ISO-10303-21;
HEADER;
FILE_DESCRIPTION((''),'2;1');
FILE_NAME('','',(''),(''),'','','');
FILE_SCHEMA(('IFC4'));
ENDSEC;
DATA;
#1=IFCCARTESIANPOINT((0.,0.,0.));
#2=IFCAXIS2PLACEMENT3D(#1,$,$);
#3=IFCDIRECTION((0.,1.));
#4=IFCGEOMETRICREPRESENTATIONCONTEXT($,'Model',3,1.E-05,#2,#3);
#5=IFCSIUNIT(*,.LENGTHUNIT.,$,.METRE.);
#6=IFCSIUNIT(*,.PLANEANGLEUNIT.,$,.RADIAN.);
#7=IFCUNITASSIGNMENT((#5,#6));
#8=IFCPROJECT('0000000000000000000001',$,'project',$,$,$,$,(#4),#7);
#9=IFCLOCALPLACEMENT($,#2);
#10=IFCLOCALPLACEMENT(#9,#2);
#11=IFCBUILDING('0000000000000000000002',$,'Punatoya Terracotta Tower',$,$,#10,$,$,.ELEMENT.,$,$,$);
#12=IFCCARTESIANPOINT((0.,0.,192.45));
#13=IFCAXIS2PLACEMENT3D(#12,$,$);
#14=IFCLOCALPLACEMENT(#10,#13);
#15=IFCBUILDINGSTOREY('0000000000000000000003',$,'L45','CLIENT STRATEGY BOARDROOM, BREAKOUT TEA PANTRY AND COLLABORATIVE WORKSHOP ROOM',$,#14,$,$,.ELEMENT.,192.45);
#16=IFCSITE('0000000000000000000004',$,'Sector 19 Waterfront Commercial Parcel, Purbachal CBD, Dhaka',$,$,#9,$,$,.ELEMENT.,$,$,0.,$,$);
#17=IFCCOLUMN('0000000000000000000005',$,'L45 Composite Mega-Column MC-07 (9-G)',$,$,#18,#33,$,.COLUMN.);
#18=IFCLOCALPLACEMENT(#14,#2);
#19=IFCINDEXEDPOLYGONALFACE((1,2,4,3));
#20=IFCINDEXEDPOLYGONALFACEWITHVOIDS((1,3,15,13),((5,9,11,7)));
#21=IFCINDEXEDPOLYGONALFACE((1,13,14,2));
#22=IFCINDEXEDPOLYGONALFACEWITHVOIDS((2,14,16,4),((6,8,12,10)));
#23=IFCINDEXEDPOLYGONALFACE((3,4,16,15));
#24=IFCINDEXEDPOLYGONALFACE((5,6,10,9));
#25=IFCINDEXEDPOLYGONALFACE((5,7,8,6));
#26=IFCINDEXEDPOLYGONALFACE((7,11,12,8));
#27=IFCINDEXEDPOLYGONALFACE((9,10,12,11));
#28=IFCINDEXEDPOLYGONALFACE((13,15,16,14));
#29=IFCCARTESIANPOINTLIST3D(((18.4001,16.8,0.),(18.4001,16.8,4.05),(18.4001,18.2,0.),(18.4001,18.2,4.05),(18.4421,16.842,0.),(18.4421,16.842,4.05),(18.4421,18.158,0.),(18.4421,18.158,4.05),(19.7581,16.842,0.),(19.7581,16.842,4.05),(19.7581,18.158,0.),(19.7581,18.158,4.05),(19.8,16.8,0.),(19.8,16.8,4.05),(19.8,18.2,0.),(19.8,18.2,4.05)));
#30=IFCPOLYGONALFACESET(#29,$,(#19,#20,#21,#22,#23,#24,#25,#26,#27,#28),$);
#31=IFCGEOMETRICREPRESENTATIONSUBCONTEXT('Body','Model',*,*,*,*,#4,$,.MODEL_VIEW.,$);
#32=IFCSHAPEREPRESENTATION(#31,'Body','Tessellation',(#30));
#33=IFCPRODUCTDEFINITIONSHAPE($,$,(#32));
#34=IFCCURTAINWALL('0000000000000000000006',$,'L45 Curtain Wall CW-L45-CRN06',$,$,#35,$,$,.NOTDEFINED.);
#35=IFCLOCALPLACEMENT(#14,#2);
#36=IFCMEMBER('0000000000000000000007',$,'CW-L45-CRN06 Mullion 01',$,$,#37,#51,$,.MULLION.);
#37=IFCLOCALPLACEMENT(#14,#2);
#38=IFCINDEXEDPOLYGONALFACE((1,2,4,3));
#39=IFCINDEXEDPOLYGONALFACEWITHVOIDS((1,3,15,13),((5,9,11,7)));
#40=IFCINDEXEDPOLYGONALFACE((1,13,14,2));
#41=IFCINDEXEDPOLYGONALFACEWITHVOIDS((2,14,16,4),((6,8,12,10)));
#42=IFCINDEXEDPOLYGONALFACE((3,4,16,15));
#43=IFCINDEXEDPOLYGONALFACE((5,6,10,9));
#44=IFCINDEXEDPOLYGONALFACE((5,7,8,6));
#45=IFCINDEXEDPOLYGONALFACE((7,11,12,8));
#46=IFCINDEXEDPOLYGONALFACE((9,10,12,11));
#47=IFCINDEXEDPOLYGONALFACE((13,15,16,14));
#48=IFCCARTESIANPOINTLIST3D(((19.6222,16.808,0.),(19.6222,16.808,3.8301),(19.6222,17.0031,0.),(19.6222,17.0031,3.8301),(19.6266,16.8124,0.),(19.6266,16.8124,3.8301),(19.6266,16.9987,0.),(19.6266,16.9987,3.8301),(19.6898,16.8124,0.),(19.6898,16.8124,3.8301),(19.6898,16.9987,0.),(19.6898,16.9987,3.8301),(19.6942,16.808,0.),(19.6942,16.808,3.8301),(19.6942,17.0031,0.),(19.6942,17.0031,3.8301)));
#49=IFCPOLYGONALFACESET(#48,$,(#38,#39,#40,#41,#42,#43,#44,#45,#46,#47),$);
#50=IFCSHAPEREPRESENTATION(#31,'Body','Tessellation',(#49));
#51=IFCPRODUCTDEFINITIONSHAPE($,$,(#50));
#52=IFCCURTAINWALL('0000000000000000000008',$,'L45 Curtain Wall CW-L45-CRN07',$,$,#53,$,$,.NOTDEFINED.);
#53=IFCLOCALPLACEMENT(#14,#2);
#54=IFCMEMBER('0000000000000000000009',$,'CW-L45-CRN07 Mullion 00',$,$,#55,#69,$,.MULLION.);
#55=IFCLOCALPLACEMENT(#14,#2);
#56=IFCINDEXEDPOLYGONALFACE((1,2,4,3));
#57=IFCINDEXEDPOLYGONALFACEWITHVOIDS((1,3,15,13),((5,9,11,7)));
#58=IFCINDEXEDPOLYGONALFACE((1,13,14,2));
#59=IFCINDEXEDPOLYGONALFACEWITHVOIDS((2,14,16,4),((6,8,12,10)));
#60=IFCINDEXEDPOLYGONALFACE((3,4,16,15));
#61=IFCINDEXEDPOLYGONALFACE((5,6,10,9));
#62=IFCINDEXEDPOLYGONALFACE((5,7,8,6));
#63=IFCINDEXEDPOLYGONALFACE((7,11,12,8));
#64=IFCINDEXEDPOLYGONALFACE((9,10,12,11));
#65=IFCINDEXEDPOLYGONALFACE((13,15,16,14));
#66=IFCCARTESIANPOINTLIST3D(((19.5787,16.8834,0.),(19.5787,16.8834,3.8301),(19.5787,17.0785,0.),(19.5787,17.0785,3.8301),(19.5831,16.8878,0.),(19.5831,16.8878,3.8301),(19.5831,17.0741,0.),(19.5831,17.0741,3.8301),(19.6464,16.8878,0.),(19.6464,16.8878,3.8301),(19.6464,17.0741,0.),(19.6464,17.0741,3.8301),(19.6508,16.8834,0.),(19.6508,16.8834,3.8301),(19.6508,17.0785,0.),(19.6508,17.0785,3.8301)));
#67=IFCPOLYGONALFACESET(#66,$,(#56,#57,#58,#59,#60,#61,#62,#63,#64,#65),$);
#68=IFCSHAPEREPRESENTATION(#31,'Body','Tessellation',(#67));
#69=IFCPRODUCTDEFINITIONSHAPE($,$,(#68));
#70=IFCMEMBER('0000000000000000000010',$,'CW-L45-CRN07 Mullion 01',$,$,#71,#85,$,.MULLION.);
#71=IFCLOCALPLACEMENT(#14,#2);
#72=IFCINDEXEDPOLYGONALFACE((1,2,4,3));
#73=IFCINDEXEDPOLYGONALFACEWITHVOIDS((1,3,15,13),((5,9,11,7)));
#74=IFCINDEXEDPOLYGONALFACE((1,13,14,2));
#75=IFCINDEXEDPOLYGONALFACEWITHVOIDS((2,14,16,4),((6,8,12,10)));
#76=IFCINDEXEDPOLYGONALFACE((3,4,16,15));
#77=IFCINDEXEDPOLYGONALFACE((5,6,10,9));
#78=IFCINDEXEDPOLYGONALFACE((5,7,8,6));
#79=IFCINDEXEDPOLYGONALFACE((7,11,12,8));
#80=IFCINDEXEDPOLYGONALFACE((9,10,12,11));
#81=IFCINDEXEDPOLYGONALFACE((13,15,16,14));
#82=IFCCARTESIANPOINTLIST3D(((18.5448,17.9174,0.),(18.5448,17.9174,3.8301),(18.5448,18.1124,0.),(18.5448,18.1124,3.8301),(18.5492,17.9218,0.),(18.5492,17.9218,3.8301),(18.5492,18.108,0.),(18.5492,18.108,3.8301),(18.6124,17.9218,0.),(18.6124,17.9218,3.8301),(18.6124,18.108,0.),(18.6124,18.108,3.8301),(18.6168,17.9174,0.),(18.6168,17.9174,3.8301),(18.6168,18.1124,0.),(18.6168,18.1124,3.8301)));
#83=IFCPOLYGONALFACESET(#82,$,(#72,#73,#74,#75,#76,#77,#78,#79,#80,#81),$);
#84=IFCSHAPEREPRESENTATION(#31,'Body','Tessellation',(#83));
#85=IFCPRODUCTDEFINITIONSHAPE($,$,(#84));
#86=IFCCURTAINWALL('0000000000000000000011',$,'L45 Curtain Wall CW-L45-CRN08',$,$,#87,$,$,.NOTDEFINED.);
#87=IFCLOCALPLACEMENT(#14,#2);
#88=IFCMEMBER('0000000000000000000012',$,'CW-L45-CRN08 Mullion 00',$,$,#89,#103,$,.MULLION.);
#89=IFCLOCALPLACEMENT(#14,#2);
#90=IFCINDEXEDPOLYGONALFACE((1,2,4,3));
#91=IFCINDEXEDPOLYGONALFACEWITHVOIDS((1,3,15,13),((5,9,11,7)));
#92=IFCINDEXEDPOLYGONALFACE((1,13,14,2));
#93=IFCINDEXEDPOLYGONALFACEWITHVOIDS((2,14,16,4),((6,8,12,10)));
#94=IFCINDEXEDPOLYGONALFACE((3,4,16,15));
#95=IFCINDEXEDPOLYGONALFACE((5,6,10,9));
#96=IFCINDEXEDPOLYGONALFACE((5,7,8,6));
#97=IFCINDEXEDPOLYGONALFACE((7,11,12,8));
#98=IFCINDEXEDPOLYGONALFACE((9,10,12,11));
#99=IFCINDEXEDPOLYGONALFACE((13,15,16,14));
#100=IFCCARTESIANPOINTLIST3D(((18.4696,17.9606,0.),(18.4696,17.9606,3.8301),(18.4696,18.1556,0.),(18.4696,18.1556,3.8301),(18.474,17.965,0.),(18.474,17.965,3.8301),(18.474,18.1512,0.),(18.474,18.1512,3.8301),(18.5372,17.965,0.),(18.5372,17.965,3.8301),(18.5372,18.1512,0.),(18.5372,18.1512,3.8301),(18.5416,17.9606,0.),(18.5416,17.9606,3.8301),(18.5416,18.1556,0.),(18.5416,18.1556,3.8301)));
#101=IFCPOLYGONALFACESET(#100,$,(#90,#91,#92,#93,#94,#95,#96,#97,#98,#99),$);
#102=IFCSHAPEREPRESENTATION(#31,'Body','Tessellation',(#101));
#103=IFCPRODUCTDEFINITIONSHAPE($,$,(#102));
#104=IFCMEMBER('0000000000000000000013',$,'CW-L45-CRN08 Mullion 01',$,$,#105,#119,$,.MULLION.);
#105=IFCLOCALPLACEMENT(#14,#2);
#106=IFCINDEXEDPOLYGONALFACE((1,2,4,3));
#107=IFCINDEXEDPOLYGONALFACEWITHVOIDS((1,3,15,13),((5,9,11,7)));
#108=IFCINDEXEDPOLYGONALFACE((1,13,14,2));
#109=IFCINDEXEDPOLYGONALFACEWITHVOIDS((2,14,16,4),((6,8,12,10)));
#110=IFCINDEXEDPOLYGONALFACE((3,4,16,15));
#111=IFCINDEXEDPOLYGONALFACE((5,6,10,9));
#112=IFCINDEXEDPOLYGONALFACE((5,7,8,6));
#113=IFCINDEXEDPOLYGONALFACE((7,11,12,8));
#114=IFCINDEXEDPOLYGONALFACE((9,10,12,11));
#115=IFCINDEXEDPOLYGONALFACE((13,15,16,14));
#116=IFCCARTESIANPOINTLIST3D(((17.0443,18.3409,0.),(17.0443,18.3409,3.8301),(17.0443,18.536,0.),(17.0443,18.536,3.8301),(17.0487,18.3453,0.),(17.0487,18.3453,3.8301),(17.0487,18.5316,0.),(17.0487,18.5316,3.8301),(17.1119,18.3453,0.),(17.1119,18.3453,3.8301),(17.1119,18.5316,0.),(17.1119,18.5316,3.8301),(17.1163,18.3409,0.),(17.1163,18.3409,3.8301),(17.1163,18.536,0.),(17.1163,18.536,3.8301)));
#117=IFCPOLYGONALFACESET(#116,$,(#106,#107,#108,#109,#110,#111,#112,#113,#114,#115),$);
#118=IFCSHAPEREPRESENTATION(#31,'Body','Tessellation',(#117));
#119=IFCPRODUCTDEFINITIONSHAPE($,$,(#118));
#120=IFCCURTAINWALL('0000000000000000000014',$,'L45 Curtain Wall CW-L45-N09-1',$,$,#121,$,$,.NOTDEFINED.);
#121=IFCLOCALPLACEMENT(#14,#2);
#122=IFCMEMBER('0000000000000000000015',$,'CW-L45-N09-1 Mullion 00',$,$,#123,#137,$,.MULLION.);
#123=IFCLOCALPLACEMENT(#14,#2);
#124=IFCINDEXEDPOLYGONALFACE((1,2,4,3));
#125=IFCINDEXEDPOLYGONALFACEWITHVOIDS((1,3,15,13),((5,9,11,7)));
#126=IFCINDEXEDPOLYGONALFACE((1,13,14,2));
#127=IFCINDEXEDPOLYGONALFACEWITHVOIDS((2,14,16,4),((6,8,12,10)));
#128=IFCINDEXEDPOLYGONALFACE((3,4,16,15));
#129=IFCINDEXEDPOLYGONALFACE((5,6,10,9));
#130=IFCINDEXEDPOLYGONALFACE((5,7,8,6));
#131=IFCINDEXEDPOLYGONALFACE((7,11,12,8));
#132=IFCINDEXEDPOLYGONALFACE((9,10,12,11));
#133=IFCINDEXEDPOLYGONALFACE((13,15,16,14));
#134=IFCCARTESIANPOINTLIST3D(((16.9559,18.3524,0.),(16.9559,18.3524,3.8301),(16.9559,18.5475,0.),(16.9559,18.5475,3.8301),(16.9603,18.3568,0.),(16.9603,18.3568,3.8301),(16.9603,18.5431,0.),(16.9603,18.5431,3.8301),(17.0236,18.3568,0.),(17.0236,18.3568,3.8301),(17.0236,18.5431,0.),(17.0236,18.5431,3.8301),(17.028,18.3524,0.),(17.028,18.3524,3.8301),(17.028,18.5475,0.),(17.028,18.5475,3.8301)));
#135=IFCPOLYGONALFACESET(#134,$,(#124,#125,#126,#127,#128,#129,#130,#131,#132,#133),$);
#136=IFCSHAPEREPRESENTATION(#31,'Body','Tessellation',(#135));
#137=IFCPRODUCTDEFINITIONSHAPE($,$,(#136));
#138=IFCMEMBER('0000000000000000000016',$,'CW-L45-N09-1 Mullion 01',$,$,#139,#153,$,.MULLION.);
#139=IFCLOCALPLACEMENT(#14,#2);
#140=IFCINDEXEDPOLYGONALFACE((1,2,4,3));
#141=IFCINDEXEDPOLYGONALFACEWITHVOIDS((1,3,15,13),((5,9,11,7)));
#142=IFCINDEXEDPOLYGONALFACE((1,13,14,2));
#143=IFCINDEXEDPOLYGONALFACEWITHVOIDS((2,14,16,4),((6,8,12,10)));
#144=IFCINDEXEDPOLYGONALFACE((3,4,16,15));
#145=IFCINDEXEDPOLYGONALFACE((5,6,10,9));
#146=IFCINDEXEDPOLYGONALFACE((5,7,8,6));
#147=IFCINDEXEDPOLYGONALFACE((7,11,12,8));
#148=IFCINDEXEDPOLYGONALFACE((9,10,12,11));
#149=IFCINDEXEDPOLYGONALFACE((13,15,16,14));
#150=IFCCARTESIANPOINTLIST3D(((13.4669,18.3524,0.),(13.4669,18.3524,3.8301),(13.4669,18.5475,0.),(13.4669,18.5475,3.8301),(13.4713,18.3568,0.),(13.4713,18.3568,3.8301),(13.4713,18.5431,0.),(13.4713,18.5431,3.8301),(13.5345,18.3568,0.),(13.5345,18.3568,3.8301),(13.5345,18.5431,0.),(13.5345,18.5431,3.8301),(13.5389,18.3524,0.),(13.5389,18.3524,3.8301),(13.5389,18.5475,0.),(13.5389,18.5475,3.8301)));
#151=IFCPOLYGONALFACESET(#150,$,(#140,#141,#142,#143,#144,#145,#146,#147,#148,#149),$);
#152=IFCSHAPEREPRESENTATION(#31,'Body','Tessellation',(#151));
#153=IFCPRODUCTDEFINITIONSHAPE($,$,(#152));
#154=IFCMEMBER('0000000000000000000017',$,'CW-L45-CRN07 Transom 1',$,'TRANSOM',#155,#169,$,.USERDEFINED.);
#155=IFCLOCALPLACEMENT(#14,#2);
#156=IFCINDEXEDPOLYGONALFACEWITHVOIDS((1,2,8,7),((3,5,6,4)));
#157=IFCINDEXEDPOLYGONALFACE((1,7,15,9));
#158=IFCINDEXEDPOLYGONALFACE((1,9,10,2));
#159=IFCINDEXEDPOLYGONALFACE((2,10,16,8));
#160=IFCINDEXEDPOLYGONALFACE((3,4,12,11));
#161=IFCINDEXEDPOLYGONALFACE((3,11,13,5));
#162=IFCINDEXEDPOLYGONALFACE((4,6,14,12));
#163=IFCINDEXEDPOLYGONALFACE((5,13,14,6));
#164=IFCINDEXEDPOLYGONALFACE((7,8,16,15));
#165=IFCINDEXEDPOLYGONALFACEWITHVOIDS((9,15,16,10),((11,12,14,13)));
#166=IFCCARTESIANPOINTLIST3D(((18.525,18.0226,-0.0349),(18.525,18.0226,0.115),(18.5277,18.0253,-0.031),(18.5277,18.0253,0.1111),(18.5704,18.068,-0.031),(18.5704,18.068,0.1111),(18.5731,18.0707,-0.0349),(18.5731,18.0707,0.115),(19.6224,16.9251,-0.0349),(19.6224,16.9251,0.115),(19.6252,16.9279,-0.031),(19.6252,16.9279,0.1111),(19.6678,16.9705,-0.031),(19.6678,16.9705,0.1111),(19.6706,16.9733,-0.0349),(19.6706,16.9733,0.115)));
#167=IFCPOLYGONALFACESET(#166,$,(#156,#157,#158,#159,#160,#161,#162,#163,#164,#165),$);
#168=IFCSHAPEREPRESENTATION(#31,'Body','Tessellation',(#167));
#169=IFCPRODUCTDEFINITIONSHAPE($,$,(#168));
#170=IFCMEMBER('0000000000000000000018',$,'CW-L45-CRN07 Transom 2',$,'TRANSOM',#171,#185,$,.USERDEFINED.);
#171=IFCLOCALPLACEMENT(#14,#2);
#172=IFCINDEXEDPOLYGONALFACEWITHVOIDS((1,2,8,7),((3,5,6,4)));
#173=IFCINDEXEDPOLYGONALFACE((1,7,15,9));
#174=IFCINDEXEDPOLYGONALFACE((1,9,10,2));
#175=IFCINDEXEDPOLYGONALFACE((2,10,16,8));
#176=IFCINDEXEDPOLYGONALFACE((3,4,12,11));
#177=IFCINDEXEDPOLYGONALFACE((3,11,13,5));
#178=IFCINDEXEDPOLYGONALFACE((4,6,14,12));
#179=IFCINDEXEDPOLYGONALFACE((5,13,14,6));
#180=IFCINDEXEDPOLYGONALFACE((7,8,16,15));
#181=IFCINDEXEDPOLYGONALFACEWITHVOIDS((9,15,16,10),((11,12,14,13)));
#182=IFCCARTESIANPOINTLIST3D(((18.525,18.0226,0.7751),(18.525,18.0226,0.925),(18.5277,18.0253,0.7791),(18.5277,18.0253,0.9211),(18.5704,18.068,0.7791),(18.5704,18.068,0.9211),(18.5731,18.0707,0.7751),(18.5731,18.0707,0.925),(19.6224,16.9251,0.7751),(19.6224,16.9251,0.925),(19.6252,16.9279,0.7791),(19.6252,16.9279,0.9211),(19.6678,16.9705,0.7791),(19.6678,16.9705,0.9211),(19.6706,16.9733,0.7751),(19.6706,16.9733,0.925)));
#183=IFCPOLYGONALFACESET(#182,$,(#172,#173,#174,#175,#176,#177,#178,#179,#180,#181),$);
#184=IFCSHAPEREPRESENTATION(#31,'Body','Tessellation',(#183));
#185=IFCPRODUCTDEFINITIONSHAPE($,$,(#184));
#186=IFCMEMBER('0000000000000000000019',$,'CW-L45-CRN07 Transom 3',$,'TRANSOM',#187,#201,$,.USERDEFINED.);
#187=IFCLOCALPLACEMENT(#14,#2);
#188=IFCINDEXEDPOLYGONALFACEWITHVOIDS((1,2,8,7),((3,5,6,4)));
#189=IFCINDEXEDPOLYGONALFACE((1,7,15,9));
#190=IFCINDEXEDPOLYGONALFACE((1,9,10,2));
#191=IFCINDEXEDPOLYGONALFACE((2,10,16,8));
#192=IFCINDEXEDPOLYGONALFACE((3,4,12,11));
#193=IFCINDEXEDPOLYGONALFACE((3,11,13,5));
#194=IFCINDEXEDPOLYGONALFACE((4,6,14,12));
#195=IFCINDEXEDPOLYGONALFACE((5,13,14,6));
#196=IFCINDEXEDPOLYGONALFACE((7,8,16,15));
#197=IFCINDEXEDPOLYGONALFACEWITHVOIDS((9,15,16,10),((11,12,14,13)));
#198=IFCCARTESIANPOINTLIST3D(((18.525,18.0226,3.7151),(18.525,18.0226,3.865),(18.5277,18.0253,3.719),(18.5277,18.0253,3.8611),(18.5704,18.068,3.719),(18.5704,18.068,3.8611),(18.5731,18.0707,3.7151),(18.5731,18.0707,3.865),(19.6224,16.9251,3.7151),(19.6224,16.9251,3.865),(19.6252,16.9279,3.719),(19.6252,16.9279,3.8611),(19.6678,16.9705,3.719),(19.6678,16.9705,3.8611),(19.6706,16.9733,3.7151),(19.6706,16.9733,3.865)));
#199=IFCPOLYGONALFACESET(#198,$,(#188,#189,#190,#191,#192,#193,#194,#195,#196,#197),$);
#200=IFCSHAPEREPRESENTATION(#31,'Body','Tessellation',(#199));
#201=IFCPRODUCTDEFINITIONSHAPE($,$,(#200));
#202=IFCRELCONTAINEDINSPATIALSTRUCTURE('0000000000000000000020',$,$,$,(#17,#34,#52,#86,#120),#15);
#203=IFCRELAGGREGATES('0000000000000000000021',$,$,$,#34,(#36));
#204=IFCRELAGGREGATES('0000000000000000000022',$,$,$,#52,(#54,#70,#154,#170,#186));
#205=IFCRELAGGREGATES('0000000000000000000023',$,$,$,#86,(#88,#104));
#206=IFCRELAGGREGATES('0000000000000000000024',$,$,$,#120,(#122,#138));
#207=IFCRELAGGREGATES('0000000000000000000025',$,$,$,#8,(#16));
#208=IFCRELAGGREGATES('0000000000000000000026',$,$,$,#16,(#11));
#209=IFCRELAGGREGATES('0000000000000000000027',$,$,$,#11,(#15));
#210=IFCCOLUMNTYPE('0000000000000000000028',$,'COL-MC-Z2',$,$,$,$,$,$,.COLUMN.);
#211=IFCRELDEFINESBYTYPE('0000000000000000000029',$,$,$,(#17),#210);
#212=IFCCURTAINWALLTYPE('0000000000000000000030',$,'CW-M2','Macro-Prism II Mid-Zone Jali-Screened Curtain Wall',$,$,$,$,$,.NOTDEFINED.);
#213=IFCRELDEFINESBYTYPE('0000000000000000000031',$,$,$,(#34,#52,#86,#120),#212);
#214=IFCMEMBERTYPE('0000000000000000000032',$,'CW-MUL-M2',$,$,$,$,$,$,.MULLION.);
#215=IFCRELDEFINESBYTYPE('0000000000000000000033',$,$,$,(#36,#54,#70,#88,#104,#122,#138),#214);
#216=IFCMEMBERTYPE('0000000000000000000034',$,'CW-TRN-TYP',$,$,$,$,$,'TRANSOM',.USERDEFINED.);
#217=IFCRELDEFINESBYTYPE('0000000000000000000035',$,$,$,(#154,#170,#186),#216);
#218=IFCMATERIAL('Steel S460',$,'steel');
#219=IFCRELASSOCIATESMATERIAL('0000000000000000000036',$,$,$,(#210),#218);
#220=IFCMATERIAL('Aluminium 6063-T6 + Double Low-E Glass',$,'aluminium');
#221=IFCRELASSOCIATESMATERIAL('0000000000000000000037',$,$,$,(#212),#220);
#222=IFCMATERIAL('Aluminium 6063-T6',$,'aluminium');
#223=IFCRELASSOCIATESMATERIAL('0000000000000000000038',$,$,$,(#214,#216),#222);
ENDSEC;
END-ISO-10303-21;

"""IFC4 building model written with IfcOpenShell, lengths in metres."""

from ifc_helpers import new_model, si_unit, direction, frame, origin, origin_2d, place, context, subcontext, project, spatial, hollow_rectangle, extrude, material, material_profile, profile_set, type_object, element, aggregate, save


model = new_model("IFC4")

# Units and contexts
model_context = context("Model", 3, precision=1e-05, world=origin(), true_north=direction((0.0, 1.0)))
body_context = subcontext(model_context, "Body", "Model", "MODEL_VIEW")
ifc_project = project(units=[si_unit("LENGTHUNIT", "METRE"), si_unit("PLANEANGLEUNIT", "RADIAN")], contexts=[model_context])

# Site, building, storey
site_placement = place(None, origin())
site = spatial("IfcSite", under=ifc_project, at=site_placement, Name="Sector 19 Waterfront Commercial Parcel, Purbachal CBD, Dhaka", CompositionType="ELEMENT", RefElevation=0.0)
building_placement = place(site_placement, origin())
building = spatial("IfcBuilding", under=site, at=building_placement, Name="Punatoya Terracotta Tower", CompositionType="ELEMENT")
storey_placement = place(building_placement, frame((0.0, 0.0, 192.45)))
storey = spatial("IfcBuildingStorey", under=building, at=storey_placement, Name="L45", Description="CLIENT STRATEGY BOARDROOM, BREAKOUT TEA PANTRY AND COLLABORATIVE WORKSHOP ROOM", CompositionType="ELEMENT", Elevation=192.45)

# Column
ifc_material_1 = material(Name="Steel S460", Category="steel")
ifc_material_profile_1 = material_profile(ifc_material_1, hollow_rectangle(XDim=1.3999, YDim=1.3999, WallThickness=0.042, at=origin_2d()))
ifc_profile_set_1 = profile_set([ifc_material_profile_1], Name="Steel S460")
column_type = type_object("IfcColumnType", Name="COL-MC-Z2", PredefinedType="COLUMN", material=ifc_profile_set_1)
column_placement = place(storey_placement, frame((19.1001, 17.5, 0.0), z_axis=(0.0, 0.0, 1.0), x_axis=(1.0, 0.0, 0.0)))
element("IfcColumn", 1, at=column_placement, inside=storey, type_object=column_type, Name="L45 Composite Mega-Column MC-07 (9-G)", PredefinedType="COLUMN", context=body_context, shape_type="SweptSolid", body=[
    extrude(hollow_rectangle(XDim=1.3999, YDim=1.3999, WallThickness=0.042, at=origin_2d()), origin(), (0.0, 0.0, 1.0), 4.05),
])

# Curtain wall, member
ifc_material_2 = material(Name="Aluminium 6063-T6 + Double Low-E Glass", Category="aluminium")
curtain_wall_type = type_object("IfcCurtainWallType", Name="CW-M2", Description="Macro-Prism II Mid-Zone Jali-Screened Curtain Wall", PredefinedType="NOTDEFINED", material=ifc_material_2)
curtain_wall_1_placement = place(storey_placement, origin())
curtain_wall_1 = element("IfcCurtainWall", 2, at=curtain_wall_1_placement, inside=storey, type_object=curtain_wall_type, Name="L45 Curtain Wall CW-L45-CRN06", PredefinedType="NOTDEFINED")
ifc_material_3 = material(Name="Aluminium 6063-T6", Category="aluminium")
ifc_material_profile_2 = material_profile(ifc_material_3, hollow_rectangle(XDim=0.072, YDim=0.1951, WallThickness=0.0044, at=origin_2d()))
ifc_profile_set_2 = profile_set([ifc_material_profile_2], Name="Aluminium 6063-T6")
member_type_1 = type_object("IfcMemberType", Name="CW-MUL-M2", PredefinedType="MULLION", material=ifc_profile_set_2)
member_1_placement = place(storey_placement, frame((19.6582, 16.9055, 0.0), z_axis=(0.0, 0.0, 1.0), x_axis=(1.0, 0.0, 0.0)))
member_1 = element("IfcMember", 3, at=member_1_placement, type_object=member_type_1, Name="CW-L45-CRN06 Mullion 01", PredefinedType="MULLION", context=body_context, shape_type="SweptSolid", body=[
    extrude(hollow_rectangle(XDim=0.072, YDim=0.1951, WallThickness=0.0044, at=origin_2d()), origin(), (0.0, 0.0, 1.0), 3.8301),
])

# Curtain walls, members
curtain_wall_2_placement = place(storey_placement, origin())
curtain_wall_2 = element("IfcCurtainWall", 4, at=curtain_wall_2_placement, inside=storey, type_object=curtain_wall_type, Name="L45 Curtain Wall CW-L45-CRN07", PredefinedType="NOTDEFINED")
member_2_placement = place(storey_placement, frame((19.6147, 16.981, 0.0), z_axis=(0.0, 0.0, 1.0), x_axis=(1.0, 0.0, 0.0)))
member_2 = element("IfcMember", 5, at=member_2_placement, type_object=member_type_1, Name="CW-L45-CRN07 Mullion 00", PredefinedType="MULLION", context=body_context, shape_type="SweptSolid", body=[
    extrude(hollow_rectangle(XDim=0.072, YDim=0.1951, WallThickness=0.0044, at=origin_2d()), origin(), (0.0, 0.0, 1.0), 3.8301),
])
member_3_placement = place(storey_placement, frame((18.5808, 18.0149, 0.0), z_axis=(0.0, 0.0, 1.0), x_axis=(1.0, 0.0, 0.0)))
member_3 = element("IfcMember", 6, at=member_3_placement, type_object=member_type_1, Name="CW-L45-CRN07 Mullion 01", PredefinedType="MULLION", context=body_context, shape_type="SweptSolid", body=[
    extrude(hollow_rectangle(XDim=0.072, YDim=0.1951, WallThickness=0.0044, at=origin_2d()), origin(), (0.0, 0.0, 1.0), 3.8301),
])
curtain_wall_3_placement = place(storey_placement, origin())
curtain_wall_3 = element("IfcCurtainWall", 7, at=curtain_wall_3_placement, inside=storey, type_object=curtain_wall_type, Name="L45 Curtain Wall CW-L45-CRN08", PredefinedType="NOTDEFINED")
member_4_placement = place(storey_placement, frame((18.5056, 18.0581, 0.0), z_axis=(0.0, 0.0, 1.0), x_axis=(1.0, 0.0, 0.0)))
member_4 = element("IfcMember", 8, at=member_4_placement, type_object=member_type_1, Name="CW-L45-CRN08 Mullion 00", PredefinedType="MULLION", context=body_context, shape_type="SweptSolid", body=[
    extrude(hollow_rectangle(XDim=0.072, YDim=0.1951, WallThickness=0.0044, at=origin_2d()), origin(), (0.0, 0.0, 1.0), 3.8301),
])
member_5_placement = place(storey_placement, frame((17.0803, 18.4385, 0.0), z_axis=(0.0, 0.0, 1.0), x_axis=(1.0, 0.0, 0.0)))
member_5 = element("IfcMember", 9, at=member_5_placement, type_object=member_type_1, Name="CW-L45-CRN08 Mullion 01", PredefinedType="MULLION", context=body_context, shape_type="SweptSolid", body=[
    extrude(hollow_rectangle(XDim=0.072, YDim=0.1951, WallThickness=0.0044, at=origin_2d()), origin(), (0.0, 0.0, 1.0), 3.8301),
])
curtain_wall_4_placement = place(storey_placement, origin())
curtain_wall_4 = element("IfcCurtainWall", 10, at=curtain_wall_4_placement, inside=storey, type_object=curtain_wall_type, Name="L45 Curtain Wall CW-L45-N09-1", PredefinedType="NOTDEFINED")
member_6_placement = place(storey_placement, frame((16.9919, 18.45, 0.0), z_axis=(0.0, 0.0, 1.0), x_axis=(1.0, 0.0, 0.0)))
member_6 = element("IfcMember", 11, at=member_6_placement, type_object=member_type_1, Name="CW-L45-N09-1 Mullion 00", PredefinedType="MULLION", context=body_context, shape_type="SweptSolid", body=[
    extrude(hollow_rectangle(XDim=0.072, YDim=0.1951, WallThickness=0.0044, at=origin_2d()), origin(), (0.0, 0.0, 1.0), 3.8301),
])
member_7_placement = place(storey_placement, frame((13.5029, 18.45, 0.0), z_axis=(0.0, 0.0, 1.0), x_axis=(1.0, 0.0, 0.0)))
member_7 = element("IfcMember", 12, at=member_7_placement, type_object=member_type_1, Name="CW-L45-N09-1 Mullion 01", PredefinedType="MULLION", context=body_context, shape_type="SweptSolid", body=[
    extrude(hollow_rectangle(XDim=0.072, YDim=0.1951, WallThickness=0.0044, at=origin_2d()), origin(), (0.0, 0.0, 1.0), 3.8301),
])

# Members
ifc_material_profile_3 = material_profile(ifc_material_3, hollow_rectangle(XDim=0.0681, YDim=0.1499, WallThickness=0.0039, at=origin_2d()))
ifc_profile_set_3 = profile_set([ifc_material_profile_3], Name="Aluminium 6063-T6")
member_type_2 = type_object("IfcMemberType", Name="CW-TRN-TYP", ElementType="TRANSOM", PredefinedType="USERDEFINED", material=ifc_profile_set_3)
member_8_placement = place(storey_placement, frame((19.6465, 16.9492, 0.04), z_axis=(-0.707107, 0.707107, 0.0), x_axis=(-0.707107, -0.707107, 0.0)))
member_8 = element("IfcMember", 13, at=member_8_placement, type_object=member_type_2, Name="CW-L45-CRN07 Transom 1", ObjectType="TRANSOM", PredefinedType="USERDEFINED", context=body_context, shape_type="SweptSolid", body=[
    extrude(hollow_rectangle(XDim=0.0681, YDim=0.1499, WallThickness=0.0039, at=origin_2d()), origin(), (0.0, 0.0, 1.0), 1.552),
])
member_9_placement = place(storey_placement, frame((19.6465, 16.9492, 0.8501), z_axis=(-0.707107, 0.707107, 0.0), x_axis=(-0.707107, -0.707107, 0.0)))
member_9 = element("IfcMember", 14, at=member_9_placement, type_object=member_type_2, Name="CW-L45-CRN07 Transom 2", ObjectType="TRANSOM", PredefinedType="USERDEFINED", context=body_context, shape_type="SweptSolid", body=[
    extrude(hollow_rectangle(XDim=0.0681, YDim=0.1499, WallThickness=0.0039, at=origin_2d()), origin(), (0.0, 0.0, 1.0), 1.552),
])
member_10_placement = place(storey_placement, frame((19.6465, 16.9492, 3.79), z_axis=(-0.707107, 0.707107, 0.0), x_axis=(-0.707107, -0.707107, 0.0)))
member_10 = element("IfcMember", 15, at=member_10_placement, type_object=member_type_2, Name="CW-L45-CRN07 Transom 3", ObjectType="TRANSOM", PredefinedType="USERDEFINED", context=body_context, shape_type="SweptSolid", body=[
    extrude(hollow_rectangle(XDim=0.0681, YDim=0.1499, WallThickness=0.0039, at=origin_2d()), origin(), (0.0, 0.0, 1.0), 1.552),
])

aggregate(curtain_wall_1, [member_1])
aggregate(curtain_wall_2, [member_2, member_3, member_8, member_9, member_10])
aggregate(curtain_wall_3, [member_4, member_5])
aggregate(curtain_wall_4, [member_6, member_7])

save(model, "model.ifc")
